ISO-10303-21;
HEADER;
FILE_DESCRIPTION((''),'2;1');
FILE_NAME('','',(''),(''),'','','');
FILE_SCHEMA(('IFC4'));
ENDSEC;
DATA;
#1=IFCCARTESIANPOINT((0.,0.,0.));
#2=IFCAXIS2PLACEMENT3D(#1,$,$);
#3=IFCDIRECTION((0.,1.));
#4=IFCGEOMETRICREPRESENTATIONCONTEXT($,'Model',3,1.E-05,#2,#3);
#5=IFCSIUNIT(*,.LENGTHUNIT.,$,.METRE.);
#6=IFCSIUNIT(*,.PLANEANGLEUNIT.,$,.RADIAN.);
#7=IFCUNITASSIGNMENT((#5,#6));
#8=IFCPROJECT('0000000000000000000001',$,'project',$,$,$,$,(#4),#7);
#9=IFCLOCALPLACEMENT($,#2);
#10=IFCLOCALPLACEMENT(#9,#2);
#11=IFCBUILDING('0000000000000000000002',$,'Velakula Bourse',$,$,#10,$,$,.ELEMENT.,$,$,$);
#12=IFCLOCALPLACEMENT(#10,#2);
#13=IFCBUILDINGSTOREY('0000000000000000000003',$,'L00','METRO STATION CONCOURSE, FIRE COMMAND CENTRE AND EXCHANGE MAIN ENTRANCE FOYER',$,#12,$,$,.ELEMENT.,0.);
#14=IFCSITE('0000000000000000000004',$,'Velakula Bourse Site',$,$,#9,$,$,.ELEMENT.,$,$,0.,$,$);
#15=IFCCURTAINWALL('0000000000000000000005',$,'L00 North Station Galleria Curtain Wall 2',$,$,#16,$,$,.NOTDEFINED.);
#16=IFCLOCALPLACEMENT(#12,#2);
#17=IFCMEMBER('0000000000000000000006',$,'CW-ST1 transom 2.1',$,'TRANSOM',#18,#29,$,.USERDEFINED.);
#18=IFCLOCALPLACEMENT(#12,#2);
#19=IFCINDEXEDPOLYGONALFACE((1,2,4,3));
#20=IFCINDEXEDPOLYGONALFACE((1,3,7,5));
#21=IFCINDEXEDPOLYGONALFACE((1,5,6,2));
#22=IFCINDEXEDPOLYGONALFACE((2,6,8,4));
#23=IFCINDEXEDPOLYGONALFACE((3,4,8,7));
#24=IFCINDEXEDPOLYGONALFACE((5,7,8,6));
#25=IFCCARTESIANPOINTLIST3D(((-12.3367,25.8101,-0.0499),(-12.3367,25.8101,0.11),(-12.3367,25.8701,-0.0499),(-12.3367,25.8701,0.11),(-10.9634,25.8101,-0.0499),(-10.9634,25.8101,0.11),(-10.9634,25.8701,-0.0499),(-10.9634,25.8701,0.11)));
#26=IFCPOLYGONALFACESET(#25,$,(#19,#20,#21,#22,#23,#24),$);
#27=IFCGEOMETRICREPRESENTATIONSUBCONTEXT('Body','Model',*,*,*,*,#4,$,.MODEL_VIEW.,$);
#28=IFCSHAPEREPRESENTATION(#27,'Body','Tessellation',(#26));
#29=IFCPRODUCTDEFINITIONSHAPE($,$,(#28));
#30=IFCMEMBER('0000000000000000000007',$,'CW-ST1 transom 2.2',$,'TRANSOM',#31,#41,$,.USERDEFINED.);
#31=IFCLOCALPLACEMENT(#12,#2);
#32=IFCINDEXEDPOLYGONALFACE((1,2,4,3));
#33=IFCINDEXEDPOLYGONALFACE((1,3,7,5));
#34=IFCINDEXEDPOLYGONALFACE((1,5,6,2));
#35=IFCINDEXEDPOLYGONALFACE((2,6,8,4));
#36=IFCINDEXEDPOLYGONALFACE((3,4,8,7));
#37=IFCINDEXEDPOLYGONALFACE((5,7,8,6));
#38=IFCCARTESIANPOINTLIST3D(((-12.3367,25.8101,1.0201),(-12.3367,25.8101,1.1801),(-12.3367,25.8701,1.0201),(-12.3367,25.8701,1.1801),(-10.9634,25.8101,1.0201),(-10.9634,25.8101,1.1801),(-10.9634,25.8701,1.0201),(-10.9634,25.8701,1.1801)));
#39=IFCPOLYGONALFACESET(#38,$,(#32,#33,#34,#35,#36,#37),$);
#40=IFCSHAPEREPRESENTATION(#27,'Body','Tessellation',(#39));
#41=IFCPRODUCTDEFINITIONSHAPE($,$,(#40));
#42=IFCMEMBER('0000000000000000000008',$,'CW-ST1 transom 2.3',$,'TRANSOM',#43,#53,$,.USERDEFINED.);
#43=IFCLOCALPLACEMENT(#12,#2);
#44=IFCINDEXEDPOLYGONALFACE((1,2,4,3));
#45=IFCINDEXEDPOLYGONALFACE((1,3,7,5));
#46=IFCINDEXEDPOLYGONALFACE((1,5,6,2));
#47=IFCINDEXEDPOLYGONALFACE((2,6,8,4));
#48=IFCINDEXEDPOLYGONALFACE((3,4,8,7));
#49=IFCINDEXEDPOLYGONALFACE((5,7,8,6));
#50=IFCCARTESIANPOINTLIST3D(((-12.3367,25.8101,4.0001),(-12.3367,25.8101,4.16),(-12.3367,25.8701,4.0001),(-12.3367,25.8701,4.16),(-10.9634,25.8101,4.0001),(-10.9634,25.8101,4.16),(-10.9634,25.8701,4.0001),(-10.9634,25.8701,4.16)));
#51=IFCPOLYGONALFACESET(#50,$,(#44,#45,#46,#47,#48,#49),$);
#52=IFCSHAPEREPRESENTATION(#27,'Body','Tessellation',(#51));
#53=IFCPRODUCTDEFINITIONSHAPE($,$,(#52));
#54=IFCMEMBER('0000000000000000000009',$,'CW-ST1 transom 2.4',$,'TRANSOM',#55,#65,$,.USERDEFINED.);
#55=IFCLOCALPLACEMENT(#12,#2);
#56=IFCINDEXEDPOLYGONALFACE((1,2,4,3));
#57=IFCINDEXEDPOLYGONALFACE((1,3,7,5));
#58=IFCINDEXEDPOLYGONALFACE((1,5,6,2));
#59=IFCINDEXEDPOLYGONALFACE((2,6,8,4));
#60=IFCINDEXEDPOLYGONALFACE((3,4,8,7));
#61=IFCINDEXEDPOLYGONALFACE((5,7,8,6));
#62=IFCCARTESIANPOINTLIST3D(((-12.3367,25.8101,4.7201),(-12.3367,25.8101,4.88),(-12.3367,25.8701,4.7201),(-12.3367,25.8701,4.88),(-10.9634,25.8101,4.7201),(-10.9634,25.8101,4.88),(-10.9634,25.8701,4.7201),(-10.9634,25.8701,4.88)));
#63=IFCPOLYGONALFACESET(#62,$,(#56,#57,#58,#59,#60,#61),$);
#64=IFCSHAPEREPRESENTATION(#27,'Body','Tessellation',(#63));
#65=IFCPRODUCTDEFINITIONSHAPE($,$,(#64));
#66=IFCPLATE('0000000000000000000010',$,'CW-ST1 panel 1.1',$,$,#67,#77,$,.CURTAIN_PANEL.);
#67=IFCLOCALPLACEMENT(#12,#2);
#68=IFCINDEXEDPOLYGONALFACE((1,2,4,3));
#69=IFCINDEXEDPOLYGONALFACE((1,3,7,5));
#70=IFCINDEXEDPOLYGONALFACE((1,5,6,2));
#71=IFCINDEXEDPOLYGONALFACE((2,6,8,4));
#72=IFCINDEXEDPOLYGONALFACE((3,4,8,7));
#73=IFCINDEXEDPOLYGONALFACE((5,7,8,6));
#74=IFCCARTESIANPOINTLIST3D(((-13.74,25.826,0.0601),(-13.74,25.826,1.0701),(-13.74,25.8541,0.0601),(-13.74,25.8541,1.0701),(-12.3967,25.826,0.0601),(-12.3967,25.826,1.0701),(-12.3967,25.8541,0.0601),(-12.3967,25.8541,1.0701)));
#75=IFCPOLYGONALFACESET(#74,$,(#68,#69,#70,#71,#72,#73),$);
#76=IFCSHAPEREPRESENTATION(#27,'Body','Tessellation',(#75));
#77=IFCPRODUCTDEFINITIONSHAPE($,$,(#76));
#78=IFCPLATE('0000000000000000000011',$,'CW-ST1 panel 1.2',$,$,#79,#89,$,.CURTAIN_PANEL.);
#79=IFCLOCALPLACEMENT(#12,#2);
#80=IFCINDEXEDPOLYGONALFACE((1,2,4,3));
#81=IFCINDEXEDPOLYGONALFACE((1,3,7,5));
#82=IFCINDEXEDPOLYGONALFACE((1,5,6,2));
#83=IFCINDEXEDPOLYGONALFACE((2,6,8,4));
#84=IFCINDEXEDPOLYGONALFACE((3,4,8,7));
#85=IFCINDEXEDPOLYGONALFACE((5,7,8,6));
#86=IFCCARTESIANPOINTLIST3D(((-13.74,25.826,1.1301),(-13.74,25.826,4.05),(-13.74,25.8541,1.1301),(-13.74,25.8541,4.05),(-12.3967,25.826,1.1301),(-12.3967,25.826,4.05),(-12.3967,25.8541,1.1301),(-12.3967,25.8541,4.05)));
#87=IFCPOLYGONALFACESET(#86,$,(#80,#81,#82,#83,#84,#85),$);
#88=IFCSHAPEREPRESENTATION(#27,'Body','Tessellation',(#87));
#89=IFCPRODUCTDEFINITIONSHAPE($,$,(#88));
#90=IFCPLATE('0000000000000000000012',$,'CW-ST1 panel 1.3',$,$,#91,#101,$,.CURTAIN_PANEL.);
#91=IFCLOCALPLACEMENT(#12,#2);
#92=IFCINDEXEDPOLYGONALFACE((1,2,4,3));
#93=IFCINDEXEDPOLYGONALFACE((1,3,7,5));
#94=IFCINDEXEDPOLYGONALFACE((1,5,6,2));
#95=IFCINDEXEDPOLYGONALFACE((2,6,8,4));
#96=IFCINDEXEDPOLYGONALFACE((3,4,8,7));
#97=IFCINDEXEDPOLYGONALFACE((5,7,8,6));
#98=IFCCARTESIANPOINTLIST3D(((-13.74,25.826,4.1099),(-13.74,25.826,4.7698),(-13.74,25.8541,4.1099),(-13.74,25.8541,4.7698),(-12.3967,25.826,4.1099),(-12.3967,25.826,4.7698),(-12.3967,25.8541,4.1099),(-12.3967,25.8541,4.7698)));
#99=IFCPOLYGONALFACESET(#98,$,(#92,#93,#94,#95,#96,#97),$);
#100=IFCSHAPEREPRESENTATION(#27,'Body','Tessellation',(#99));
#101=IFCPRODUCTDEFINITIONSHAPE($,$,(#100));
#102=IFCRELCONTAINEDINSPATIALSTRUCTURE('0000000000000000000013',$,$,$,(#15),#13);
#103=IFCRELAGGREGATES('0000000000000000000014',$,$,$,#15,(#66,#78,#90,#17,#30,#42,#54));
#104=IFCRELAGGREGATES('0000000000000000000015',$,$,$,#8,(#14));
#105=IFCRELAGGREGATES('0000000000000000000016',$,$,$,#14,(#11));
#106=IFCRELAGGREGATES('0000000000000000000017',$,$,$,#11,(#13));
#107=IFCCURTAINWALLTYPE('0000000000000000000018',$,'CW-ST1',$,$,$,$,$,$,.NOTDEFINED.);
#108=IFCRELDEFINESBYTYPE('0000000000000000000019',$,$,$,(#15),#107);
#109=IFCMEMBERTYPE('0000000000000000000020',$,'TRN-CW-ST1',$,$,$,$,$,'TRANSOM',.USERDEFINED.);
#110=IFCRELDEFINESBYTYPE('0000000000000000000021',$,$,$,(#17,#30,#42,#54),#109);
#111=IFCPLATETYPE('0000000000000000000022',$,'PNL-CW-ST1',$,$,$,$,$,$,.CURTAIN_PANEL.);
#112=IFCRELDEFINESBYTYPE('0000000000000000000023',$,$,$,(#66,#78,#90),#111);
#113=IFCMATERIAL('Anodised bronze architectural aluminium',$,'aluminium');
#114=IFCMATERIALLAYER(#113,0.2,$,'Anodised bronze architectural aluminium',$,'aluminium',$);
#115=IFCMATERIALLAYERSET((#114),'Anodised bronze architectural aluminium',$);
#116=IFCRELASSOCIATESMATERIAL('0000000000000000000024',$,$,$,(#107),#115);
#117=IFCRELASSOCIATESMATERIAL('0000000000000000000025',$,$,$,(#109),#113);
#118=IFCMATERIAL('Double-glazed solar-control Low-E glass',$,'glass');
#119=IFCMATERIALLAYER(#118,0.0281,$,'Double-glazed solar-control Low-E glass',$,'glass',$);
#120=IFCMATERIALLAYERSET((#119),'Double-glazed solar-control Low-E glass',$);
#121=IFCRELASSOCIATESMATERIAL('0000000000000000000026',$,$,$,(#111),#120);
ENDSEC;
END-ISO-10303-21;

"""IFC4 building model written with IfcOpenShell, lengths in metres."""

from ifc_helpers import new_model, si_unit, direction, frame, origin, origin_2d, place, context, subcontext, project, spatial, rectangle, extrude, material, layer, layer_set, material_profile, profile_set, type_object, element, aggregate, save


model = new_model("IFC4")

# Units and contexts
model_context = context("Model", 3, precision=1e-05, world=origin(), true_north=direction((0.0, 1.0)))
body_context = subcontext(model_context, "Body", "Model", "MODEL_VIEW")
ifc_project = project(units=[si_unit("LENGTHUNIT", "METRE"), si_unit("PLANEANGLEUNIT", "RADIAN")], contexts=[model_context])

# Site, building, storey
site_placement = place(None, origin())
site = spatial("IfcSite", under=ifc_project, at=site_placement, Name="Velakula Bourse Site", CompositionType="ELEMENT", RefElevation=0.0)
building_placement = place(site_placement, origin())
building = spatial("IfcBuilding", under=site, at=building_placement, Name="Velakula Bourse", CompositionType="ELEMENT")
storey_placement = place(building_placement, origin())
storey = spatial("IfcBuildingStorey", under=building, at=storey_placement, Name="L00", Description="METRO STATION CONCOURSE, FIRE COMMAND CENTRE AND EXCHANGE MAIN ENTRANCE FOYER", CompositionType="ELEMENT", Elevation=0.0)

# Curtain wall, members, plates
ifc_material_1 = material(Name="Anodised bronze architectural aluminium", Category="aluminium")
ifc_layer_1 = layer(ifc_material_1, 0.2, Name="Anodised bronze architectural aluminium", Category="aluminium")
ifc_layer_set_1 = layer_set([ifc_layer_1], Name="Anodised bronze architectural aluminium")
curtain_wall_type = type_object("IfcCurtainWallType", Name="CW-ST1", PredefinedType="NOTDEFINED", material=ifc_layer_set_1)
curtain_wall_placement = place(storey_placement, origin())
curtain_wall = element("IfcCurtainWall", 1, at=curtain_wall_placement, inside=storey, type_object=curtain_wall_type, Name="L00 North Station Galleria Curtain Wall 2", PredefinedType="NOTDEFINED")
ifc_material_profile_1 = material_profile(ifc_material_1, rectangle(XDim=0.0601, YDim=0.1599, at=origin_2d()), Name="Anodised bronze architectural aluminium")
ifc_profile_set_1 = profile_set([ifc_material_profile_1], Name="Anodised bronze architectural aluminium")
member_type_1 = type_object("IfcMemberType", Name="TRN-CW-ST1", ElementType="TRANSOM", PredefinedType="USERDEFINED", material=ifc_profile_set_1)
member_1_placement = place(storey_placement, frame((-12.3367, 25.8401, 0.03), z_axis=(1.0, 0.0, 0.0), x_axis=(0.0, 1.0, 0.0)))
member_1 = element("IfcMember", 2, at=member_1_placement, type_object=member_type_1, Name="CW-ST1 transom 2.1", ObjectType="TRANSOM", PredefinedType="USERDEFINED", context=body_context, shape_type="SweptSolid", body=[
    extrude(rectangle(XDim=0.0601, YDim=0.1599, at=origin_2d()), origin(), (0.0, 0.0, 1.0), 1.3733),
])
member_2_placement = place(storey_placement, frame((-12.3367, 25.8401, 1.1001), z_axis=(1.0, 0.0, 0.0), x_axis=(0.0, 1.0, 0.0)))
member_2 = element("IfcMember", 3, at=member_2_placement, type_object=member_type_1, Name="CW-ST1 transom 2.2", ObjectType="TRANSOM", PredefinedType="USERDEFINED", context=body_context, shape_type="SweptSolid", body=[
    extrude(rectangle(XDim=0.0601, YDim=0.1599, at=origin_2d()), origin(), (0.0, 0.0, 1.0), 1.3733),
])
member_3_placement = place(storey_placement, frame((-12.3367, 25.8401, 4.0801), z_axis=(1.0, 0.0, 0.0), x_axis=(0.0, 1.0, 0.0)))
member_3 = element("IfcMember", 4, at=member_3_placement, type_object=member_type_1, Name="CW-ST1 transom 2.3", ObjectType="TRANSOM", PredefinedType="USERDEFINED", context=body_context, shape_type="SweptSolid", body=[
    extrude(rectangle(XDim=0.0601, YDim=0.1599, at=origin_2d()), origin(), (0.0, 0.0, 1.0), 1.3733),
])
member_4_placement = place(storey_placement, frame((-12.3367, 25.8401, 4.8), z_axis=(1.0, 0.0, 0.0), x_axis=(0.0, 1.0, 0.0)))
member_4 = element("IfcMember", 5, at=member_4_placement, type_object=member_type_1, Name="CW-ST1 transom 2.4", ObjectType="TRANSOM", PredefinedType="USERDEFINED", context=body_context, shape_type="SweptSolid", body=[
    extrude(rectangle(XDim=0.0601, YDim=0.1599, at=origin_2d()), origin(), (0.0, 0.0, 1.0), 1.3733),
])
ifc_material_2 = material(Name="Double-glazed solar-control Low-E glass", Category="glass")
ifc_layer_2 = layer(ifc_material_2, 0.0281, Name="Double-glazed solar-control Low-E glass", Category="glass")
ifc_layer_set_2 = layer_set([ifc_layer_2], Name="Double-glazed solar-control Low-E glass")
plate_type = type_object("IfcPlateType", Name="PNL-CW-ST1", PredefinedType="CURTAIN_PANEL", material=ifc_layer_set_2)
plate_1_placement = place(storey_placement, frame((-13.0684, 25.8401, 0.0601), z_axis=(0.0, 0.0, 1.0), x_axis=(1.0, 0.0, 0.0)))
plate_1 = element("IfcPlate", 6, at=plate_1_placement, type_object=plate_type, Name="CW-ST1 panel 1.1", PredefinedType="CURTAIN_PANEL", context=body_context, shape_type="SweptSolid", body=[
    extrude(rectangle(XDim=1.3433, YDim=0.0281, at=origin_2d()), origin(), (0.0, 0.0, 1.0), 1.01),
])
plate_2_placement = place(storey_placement, frame((-13.0684, 25.8401, 1.1301), z_axis=(0.0, 0.0, 1.0), x_axis=(1.0, 0.0, 0.0)))
plate_2 = element("IfcPlate", 7, at=plate_2_placement, type_object=plate_type, Name="CW-ST1 panel 1.2", PredefinedType="CURTAIN_PANEL", context=body_context, shape_type="SweptSolid", body=[
    extrude(rectangle(XDim=1.3433, YDim=0.0281, at=origin_2d()), origin(), (0.0, 0.0, 1.0), 2.9199),
])
plate_3_placement = place(storey_placement, frame((-13.0684, 25.8401, 4.1099), z_axis=(0.0, 0.0, 1.0), x_axis=(1.0, 0.0, 0.0)))
plate_3 = element("IfcPlate", 8, at=plate_3_placement, type_object=plate_type, Name="CW-ST1 panel 1.3", PredefinedType="CURTAIN_PANEL", context=body_context, shape_type="SweptSolid", body=[
    extrude(rectangle(XDim=1.3433, YDim=0.0281, at=origin_2d()), origin(), (0.0, 0.0, 1.0), 0.6599),
])
aggregate(curtain_wall, [plate_1, plate_2, plate_3, member_1, member_2, member_3, member_4])

save(model, "model.ifc")
